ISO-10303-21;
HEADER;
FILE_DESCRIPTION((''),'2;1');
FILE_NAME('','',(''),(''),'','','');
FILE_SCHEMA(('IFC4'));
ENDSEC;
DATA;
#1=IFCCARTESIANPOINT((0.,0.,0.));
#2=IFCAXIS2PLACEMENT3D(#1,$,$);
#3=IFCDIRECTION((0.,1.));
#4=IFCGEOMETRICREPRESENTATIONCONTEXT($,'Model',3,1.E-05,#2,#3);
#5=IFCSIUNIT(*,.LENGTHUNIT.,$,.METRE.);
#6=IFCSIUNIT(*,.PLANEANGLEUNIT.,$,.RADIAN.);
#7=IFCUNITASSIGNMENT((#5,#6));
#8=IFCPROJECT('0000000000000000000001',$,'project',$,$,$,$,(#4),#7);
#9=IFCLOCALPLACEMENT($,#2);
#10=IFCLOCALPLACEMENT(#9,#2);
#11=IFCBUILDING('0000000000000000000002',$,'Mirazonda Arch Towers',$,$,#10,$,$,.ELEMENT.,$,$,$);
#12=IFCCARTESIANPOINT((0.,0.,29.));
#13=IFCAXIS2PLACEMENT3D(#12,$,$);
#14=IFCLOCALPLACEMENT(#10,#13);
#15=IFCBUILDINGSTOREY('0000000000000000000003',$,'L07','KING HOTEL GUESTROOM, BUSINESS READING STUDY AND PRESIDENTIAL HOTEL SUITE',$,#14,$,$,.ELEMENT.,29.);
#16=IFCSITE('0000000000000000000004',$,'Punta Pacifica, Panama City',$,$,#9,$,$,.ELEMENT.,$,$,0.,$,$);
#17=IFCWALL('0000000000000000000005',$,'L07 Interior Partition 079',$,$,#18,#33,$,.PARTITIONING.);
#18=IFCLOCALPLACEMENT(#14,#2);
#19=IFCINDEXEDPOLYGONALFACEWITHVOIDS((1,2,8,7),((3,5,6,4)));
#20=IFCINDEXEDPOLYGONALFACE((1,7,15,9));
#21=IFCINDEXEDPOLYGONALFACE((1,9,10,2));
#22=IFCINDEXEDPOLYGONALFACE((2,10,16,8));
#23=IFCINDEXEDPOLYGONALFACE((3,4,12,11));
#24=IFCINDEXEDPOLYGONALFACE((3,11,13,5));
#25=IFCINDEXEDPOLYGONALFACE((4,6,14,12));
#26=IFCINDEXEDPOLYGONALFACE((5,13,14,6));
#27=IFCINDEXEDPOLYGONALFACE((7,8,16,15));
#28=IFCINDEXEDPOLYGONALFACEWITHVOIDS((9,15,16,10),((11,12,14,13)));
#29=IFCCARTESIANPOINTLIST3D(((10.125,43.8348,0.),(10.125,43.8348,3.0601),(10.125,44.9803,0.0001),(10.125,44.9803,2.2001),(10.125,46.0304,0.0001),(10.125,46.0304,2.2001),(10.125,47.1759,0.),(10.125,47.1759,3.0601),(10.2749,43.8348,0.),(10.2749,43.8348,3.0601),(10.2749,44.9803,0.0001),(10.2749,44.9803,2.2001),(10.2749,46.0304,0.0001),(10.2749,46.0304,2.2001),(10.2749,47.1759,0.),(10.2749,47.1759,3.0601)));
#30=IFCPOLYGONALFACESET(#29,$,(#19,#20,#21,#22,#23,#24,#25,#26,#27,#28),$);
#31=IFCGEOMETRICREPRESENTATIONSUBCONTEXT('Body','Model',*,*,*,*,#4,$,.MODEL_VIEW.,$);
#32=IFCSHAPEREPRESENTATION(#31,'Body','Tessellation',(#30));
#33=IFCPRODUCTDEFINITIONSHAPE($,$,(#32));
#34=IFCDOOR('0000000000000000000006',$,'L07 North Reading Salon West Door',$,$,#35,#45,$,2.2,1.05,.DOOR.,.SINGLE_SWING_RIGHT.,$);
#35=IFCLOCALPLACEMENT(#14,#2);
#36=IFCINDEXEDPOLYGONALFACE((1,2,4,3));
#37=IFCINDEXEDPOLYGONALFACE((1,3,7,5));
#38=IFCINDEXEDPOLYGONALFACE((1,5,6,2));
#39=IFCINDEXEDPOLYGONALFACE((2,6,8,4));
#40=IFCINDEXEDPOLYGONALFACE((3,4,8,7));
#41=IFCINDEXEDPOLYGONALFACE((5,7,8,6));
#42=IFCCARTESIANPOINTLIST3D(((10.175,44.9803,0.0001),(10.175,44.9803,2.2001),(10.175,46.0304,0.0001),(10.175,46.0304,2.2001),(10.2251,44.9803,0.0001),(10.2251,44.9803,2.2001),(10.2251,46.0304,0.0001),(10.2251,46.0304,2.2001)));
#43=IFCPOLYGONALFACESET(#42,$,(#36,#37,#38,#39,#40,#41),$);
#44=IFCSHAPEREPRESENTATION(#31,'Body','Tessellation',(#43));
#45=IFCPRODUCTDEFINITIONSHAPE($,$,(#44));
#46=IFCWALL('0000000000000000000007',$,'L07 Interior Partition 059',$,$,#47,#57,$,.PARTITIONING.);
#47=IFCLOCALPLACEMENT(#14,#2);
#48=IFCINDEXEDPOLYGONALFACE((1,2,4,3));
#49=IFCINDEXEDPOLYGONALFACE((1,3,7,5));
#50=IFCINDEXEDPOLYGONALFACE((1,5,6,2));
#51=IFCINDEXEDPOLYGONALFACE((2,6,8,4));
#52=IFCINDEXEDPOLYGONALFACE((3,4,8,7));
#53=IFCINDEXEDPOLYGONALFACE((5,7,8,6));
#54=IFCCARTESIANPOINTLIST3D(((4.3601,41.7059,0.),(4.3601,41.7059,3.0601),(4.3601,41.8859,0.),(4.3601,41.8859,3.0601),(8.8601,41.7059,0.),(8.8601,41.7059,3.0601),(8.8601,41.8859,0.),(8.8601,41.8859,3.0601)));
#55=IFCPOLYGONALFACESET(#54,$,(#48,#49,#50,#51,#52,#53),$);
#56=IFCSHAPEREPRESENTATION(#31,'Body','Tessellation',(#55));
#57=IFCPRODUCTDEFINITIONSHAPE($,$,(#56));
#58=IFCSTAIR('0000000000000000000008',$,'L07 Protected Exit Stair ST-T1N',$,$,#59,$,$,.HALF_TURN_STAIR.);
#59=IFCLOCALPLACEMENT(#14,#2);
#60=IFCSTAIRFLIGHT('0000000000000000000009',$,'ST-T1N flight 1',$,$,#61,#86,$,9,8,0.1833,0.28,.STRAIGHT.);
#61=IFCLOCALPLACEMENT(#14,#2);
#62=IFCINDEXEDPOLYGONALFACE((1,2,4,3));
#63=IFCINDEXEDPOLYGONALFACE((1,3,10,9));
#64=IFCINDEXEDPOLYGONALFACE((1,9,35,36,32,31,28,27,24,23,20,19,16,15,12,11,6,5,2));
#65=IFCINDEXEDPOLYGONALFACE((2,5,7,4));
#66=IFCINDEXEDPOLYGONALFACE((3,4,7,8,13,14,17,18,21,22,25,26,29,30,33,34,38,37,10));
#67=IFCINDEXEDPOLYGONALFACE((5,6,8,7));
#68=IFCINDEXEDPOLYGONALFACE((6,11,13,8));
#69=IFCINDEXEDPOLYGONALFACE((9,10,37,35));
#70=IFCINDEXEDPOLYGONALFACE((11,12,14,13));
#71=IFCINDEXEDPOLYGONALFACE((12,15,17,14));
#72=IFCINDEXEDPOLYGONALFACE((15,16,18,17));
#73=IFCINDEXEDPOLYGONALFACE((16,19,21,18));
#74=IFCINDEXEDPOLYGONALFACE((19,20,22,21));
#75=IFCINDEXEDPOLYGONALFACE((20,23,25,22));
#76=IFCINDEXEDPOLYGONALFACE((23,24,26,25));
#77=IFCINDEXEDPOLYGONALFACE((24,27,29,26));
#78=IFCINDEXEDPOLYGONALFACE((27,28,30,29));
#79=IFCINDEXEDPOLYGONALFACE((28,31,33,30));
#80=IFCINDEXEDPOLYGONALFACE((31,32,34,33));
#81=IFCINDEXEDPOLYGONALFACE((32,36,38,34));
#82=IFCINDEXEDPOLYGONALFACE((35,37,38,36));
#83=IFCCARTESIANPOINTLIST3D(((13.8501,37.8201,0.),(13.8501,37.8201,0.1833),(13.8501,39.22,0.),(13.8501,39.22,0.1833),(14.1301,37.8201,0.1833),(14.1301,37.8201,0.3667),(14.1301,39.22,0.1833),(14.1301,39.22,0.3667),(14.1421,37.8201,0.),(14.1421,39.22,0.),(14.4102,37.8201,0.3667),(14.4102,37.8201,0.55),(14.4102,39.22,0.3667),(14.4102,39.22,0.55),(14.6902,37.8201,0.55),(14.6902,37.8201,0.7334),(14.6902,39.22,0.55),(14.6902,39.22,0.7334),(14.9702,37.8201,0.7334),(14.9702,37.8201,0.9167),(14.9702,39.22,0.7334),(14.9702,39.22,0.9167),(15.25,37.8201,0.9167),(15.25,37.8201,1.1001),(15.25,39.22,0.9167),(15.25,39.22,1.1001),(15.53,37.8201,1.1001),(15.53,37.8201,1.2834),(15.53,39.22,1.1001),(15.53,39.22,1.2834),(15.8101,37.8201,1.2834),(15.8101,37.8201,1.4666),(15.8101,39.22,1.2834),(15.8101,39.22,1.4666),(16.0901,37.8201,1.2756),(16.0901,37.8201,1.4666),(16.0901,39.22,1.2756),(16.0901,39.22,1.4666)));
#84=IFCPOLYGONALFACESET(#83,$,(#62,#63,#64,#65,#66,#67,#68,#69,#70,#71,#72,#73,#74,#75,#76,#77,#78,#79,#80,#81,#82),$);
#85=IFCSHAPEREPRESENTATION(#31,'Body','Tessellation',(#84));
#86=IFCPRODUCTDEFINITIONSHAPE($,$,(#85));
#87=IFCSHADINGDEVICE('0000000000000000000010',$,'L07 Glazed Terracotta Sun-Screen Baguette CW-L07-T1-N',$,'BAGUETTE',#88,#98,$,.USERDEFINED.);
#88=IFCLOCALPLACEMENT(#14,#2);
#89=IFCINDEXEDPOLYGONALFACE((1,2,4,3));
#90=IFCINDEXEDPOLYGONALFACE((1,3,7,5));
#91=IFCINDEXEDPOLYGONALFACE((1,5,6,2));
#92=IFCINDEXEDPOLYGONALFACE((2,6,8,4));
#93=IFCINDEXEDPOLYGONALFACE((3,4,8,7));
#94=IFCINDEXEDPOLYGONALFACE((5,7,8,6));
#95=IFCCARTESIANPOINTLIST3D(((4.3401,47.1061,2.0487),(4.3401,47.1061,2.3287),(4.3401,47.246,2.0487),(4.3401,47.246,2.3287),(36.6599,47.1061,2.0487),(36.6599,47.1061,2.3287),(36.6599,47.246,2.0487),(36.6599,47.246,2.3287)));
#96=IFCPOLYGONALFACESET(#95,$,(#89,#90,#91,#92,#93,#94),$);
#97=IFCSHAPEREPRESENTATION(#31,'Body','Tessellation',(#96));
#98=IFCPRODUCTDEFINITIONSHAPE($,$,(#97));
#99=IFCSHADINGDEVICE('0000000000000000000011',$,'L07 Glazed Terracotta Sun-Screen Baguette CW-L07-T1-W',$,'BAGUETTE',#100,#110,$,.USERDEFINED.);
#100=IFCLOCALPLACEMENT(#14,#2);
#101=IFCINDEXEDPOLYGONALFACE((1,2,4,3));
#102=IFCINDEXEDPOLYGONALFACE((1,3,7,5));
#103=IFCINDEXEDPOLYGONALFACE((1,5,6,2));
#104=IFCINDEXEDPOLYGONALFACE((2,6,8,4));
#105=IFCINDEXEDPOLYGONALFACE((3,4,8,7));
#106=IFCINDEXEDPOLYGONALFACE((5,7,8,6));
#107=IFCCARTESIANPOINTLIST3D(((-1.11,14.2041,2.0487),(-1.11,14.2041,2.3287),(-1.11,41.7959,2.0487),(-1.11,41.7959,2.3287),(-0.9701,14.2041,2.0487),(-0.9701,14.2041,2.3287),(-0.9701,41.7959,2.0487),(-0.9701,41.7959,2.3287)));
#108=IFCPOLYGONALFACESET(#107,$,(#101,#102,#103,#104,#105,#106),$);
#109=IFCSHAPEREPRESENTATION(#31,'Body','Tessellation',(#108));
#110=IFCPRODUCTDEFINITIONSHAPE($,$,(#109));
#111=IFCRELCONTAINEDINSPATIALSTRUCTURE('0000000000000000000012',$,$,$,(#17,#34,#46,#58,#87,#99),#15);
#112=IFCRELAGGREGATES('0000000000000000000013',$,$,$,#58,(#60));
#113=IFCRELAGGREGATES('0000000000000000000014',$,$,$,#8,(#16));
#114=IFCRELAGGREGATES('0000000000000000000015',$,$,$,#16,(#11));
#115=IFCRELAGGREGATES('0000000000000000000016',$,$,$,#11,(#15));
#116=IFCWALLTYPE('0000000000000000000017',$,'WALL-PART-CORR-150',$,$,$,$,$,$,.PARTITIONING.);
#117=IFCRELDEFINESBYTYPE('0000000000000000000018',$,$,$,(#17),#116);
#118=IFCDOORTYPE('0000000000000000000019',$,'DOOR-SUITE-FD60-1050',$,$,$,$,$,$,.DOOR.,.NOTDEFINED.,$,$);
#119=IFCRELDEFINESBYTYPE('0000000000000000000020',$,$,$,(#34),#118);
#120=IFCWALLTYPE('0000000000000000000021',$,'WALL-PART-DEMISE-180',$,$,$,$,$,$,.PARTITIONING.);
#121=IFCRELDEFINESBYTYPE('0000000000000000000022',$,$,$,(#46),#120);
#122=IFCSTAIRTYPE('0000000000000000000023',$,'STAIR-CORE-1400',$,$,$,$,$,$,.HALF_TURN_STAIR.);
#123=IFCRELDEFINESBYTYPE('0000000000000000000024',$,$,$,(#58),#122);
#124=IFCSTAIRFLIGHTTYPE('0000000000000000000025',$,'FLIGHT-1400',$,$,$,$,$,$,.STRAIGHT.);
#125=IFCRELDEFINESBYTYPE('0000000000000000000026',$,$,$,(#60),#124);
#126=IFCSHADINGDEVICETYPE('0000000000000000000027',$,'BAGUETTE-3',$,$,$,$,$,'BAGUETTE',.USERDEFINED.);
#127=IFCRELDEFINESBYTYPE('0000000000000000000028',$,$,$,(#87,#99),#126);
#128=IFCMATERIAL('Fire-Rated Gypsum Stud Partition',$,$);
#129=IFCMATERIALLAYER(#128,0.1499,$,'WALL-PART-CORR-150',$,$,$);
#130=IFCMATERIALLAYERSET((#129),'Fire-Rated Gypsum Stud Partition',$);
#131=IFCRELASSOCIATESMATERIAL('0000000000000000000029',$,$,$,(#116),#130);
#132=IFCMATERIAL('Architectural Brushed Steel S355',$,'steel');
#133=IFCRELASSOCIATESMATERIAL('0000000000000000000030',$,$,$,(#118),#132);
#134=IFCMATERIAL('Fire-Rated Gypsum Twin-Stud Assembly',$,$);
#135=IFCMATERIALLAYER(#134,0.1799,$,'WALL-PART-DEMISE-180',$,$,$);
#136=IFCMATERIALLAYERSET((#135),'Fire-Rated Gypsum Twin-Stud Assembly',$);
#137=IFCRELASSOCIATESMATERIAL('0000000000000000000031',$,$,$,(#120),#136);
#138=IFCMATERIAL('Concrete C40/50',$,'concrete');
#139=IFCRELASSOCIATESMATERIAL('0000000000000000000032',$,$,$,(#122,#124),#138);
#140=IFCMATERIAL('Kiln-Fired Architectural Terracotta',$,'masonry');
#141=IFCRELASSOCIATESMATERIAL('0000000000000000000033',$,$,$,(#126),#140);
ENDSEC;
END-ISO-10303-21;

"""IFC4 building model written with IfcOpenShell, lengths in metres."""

from ifc_helpers import new_model, si_unit, direction, frame, frame_2d, origin, origin_2d, place, context, subcontext, project, spatial, polyline, rectangle, outline, extrude, material, layer, layer_set, material_profile, profile_set, type_object, element, fill, aggregate, save


model = new_model("IFC4")

# Units and contexts
model_context = context("Model", 3, precision=1e-05, world=origin(), true_north=direction((0.0, 1.0)))
body_context = subcontext(model_context, "Body", "Model", "MODEL_VIEW")
ifc_project = project(units=[si_unit("LENGTHUNIT", "METRE"), si_unit("PLANEANGLEUNIT", "RADIAN")], contexts=[model_context])

# Site, building, storey
site_placement = place(None, origin())
site = spatial("IfcSite", under=ifc_project, at=site_placement, Name="Punta Pacifica, Panama City", CompositionType="ELEMENT", RefElevation=0.0)
building_placement = place(site_placement, origin())
building = spatial("IfcBuilding", under=site, at=building_placement, Name="Mirazonda Arch Towers", CompositionType="ELEMENT")
storey_placement = place(building_placement, frame((0.0, 0.0, 29.0)))
storey = spatial("IfcBuildingStorey", under=building, at=storey_placement, Name="L07", Description="KING HOTEL GUESTROOM, BUSINESS READING STUDY AND PRESIDENTIAL HOTEL SUITE", CompositionType="ELEMENT", Elevation=29.0)

# Shared definitions
ifc_material_1 = material(Name="Fire-Rated Gypsum Stud Partition")
ifc_layer_1 = layer(ifc_material_1, 0.1499, Name="WALL-PART-CORR-150")
ifc_layer_set_1 = layer_set([ifc_layer_1], Name="Fire-Rated Gypsum Stud Partition")
wall_type_1 = type_object("IfcWallType", Name="WALL-PART-CORR-150", PredefinedType="PARTITIONING", material=ifc_layer_set_1)

# Wall, opening, door
wall_1_placement = place(storey_placement, frame((10.2, 43.835, 0.0), z_axis=(0.0, 0.0, 1.0), x_axis=(0.0, 1.0, 0.0)))
wall_1 = element("IfcWall", 1, at=wall_1_placement, inside=storey, type_object=wall_type_1, Name="L07 Interior Partition 079", PredefinedType="PARTITIONING", context=body_context, shape_type="SweptSolid", body=[
    extrude(rectangle(XDim=3.3411, YDim=0.1499, at=frame_2d((1.6704, 0.0))), origin(), (0.0, 0.0, 1.0), 3.0601),
])
opening_1_placement = place(wall_1_placement, frame((1.1455, 0.0, 0.0)))
opening_1 = element("IfcOpeningElement", 2, at=opening_1_placement, cuts=wall_1, PredefinedType="OPENING", context=body_context, shape_type="SweptSolid", body=[
    extrude(rectangle(XDim=1.05, YDim=2.2, at=frame_2d((0.5249, 1.1001))), frame((0.0, 0.085, 0.0), z_axis=(0.0, -1.0, 0.0), x_axis=(1.0, 0.0, 0.0)), (0.0, 0.0, 1.0), 0.1699),
])
ifc_material_2 = material(Name="Architectural Brushed Steel S355", Category="steel")
door_type_1 = type_object("IfcDoorType", Name="DOOR-SUITE-FD60-1050", OperationType="NOTDEFINED", PredefinedType="DOOR", material=ifc_material_2)
door_1_placement = place(opening_1_placement, origin())
door_1 = element("IfcDoor", 3, at=door_1_placement, inside=storey, type_object=door_type_1, Name="L07 North Reading Salon West Door", OperationType="SINGLE_SWING_RIGHT", OverallHeight=2.2, OverallWidth=1.05, PredefinedType="DOOR", context=body_context, shape_type="SweptSolid", body=[
    extrude(rectangle(XDim=1.05, YDim=2.2, at=frame_2d((0.5249, 1.1001))), frame((0.0, 0.0249, 0.0), z_axis=(0.0, -1.0, 0.0), x_axis=(1.0, 0.0, 0.0)), (0.0, 0.0, 1.0), 0.05),
])
fill(opening_1, door_1)

# Wall
ifc_material_3 = material(Name="Fire-Rated Gypsum Twin-Stud Assembly")
ifc_layer_2 = layer(ifc_material_3, 0.1799, Name="WALL-PART-DEMISE-180")
ifc_layer_set_2 = layer_set([ifc_layer_2], Name="Fire-Rated Gypsum Twin-Stud Assembly")
wall_type_2 = type_object("IfcWallType", Name="WALL-PART-DEMISE-180", PredefinedType="PARTITIONING", material=ifc_layer_set_2)
wall_2_placement = place(storey_placement, frame((4.3601, 41.7959, 0.0), z_axis=(0.0, 0.0, 1.0), x_axis=(1.0, 0.0, 0.0)))
element("IfcWall", 4, at=wall_2_placement, inside=storey, type_object=wall_type_2, Name="L07 Interior Partition 059", PredefinedType="PARTITIONING", context=body_context, shape_type="SweptSolid", body=[
    extrude(rectangle(XDim=4.5, YDim=0.1799, at=frame_2d((2.25, 0.0))), origin(), (0.0, 0.0, 1.0), 3.0601),
])

# Stair, stair flight
ifc_material_4 = material(Name="Concrete C40/50", Category="concrete")
stair_type = type_object("IfcStairType", Name="STAIR-CORE-1400", PredefinedType="HALF_TURN_STAIR", material=ifc_material_4)
stair_placement = place(storey_placement, origin())
stair = element("IfcStair", 5, at=stair_placement, inside=storey, type_object=stair_type, Name="L07 Protected Exit Stair ST-T1N", PredefinedType="HALF_TURN_STAIR")
stair_flight_type = type_object("IfcStairFlightType", Name="FLIGHT-1400", PredefinedType="STRAIGHT", material=ifc_material_4)
stair_flight_placement = place(storey_placement, frame((13.8501, 38.52, 0.0), z_axis=(0.0, 0.0, 1.0), x_axis=(1.0, 0.0, 0.0)))
stair_flight = element("IfcStairFlight", 6, at=stair_flight_placement, type_object=stair_flight_type, Name="ST-T1N flight 1", NumberOfRisers=9, NumberOfTreads=8, PredefinedType="STRAIGHT", RiserHeight=0.1833, TreadLength=0.28, context=body_context, shape_type="SweptSolid", body=[
    extrude(outline(polyline([(0.0, 0.0), (0.0, 0.1833), (0.28, 0.1833), (0.28, 0.3667), (0.5601, 0.3667), (0.5601, 0.55), (0.8401, 0.55), (0.8401, 0.7334), (1.1201, 0.7334), (1.1201, 0.9167), (1.3999, 0.9167), (1.3999, 1.1001), (1.6799, 1.1001), (1.6799, 1.2834), (1.96, 1.2834), (1.96, 1.4666), (2.24, 1.4666), (2.24, 1.6499), (2.24, 1.2756), (0.292, 0.0), (0.0, 0.0)])), frame((0.0, 0.7, 0.0), z_axis=(0.0, -1.0, 0.0), x_axis=(1.0, 0.0, 0.0)), (0.0, 0.0, 1.0), 1.3999),
])
aggregate(stair, [stair_flight])

# Shading devices
ifc_material_5 = material(Name="Kiln-Fired Architectural Terracotta", Category="masonry")
ifc_material_profile_1 = material_profile(ifc_material_5, rectangle(XDim=0.1399, YDim=0.28, at=origin_2d()), Name="TERRA-BAG-140x280")
ifc_profile_set_1 = profile_set([ifc_material_profile_1], Name="Kiln-Fired Architectural Terracotta")
shading_device_type = type_object("IfcShadingDeviceType", Name="BAGUETTE-3", ElementType="BAGUETTE", PredefinedType="USERDEFINED", material=ifc_profile_set_1)
shading_device_1_placement = place(storey_placement, frame((4.3401, 47.176, 2.1887), z_axis=(1.0, 0.0, 0.0), x_axis=(0.0, 1.0, 0.0)))
element("IfcShadingDevice", 7, at=shading_device_1_placement, inside=storey, type_object=shading_device_type, Name="L07 Glazed Terracotta Sun-Screen Baguette CW-L07-T1-N", ObjectType="BAGUETTE", PredefinedType="USERDEFINED", context=body_context, shape_type="SweptSolid", body=[
    extrude(rectangle(XDim=0.1399, YDim=0.28, at=origin_2d()), origin(), (0.0, 0.0, 1.0), 32.3198),
])
shading_device_2_placement = place(storey_placement, frame((-1.04, 41.7959, 2.1887), z_axis=(0.0, -1.0, 0.0), x_axis=(1.0, 0.0, 0.0)))
element("IfcShadingDevice", 8, at=shading_device_2_placement, inside=storey, type_object=shading_device_type, Name="L07 Glazed Terracotta Sun-Screen Baguette CW-L07-T1-W", ObjectType="BAGUETTE", PredefinedType="USERDEFINED", context=body_context, shape_type="SweptSolid", body=[
    extrude(rectangle(XDim=0.1399, YDim=0.28, at=origin_2d()), origin(), (0.0, 0.0, 1.0), 27.5918),
])

save(model, "model.ifc")
